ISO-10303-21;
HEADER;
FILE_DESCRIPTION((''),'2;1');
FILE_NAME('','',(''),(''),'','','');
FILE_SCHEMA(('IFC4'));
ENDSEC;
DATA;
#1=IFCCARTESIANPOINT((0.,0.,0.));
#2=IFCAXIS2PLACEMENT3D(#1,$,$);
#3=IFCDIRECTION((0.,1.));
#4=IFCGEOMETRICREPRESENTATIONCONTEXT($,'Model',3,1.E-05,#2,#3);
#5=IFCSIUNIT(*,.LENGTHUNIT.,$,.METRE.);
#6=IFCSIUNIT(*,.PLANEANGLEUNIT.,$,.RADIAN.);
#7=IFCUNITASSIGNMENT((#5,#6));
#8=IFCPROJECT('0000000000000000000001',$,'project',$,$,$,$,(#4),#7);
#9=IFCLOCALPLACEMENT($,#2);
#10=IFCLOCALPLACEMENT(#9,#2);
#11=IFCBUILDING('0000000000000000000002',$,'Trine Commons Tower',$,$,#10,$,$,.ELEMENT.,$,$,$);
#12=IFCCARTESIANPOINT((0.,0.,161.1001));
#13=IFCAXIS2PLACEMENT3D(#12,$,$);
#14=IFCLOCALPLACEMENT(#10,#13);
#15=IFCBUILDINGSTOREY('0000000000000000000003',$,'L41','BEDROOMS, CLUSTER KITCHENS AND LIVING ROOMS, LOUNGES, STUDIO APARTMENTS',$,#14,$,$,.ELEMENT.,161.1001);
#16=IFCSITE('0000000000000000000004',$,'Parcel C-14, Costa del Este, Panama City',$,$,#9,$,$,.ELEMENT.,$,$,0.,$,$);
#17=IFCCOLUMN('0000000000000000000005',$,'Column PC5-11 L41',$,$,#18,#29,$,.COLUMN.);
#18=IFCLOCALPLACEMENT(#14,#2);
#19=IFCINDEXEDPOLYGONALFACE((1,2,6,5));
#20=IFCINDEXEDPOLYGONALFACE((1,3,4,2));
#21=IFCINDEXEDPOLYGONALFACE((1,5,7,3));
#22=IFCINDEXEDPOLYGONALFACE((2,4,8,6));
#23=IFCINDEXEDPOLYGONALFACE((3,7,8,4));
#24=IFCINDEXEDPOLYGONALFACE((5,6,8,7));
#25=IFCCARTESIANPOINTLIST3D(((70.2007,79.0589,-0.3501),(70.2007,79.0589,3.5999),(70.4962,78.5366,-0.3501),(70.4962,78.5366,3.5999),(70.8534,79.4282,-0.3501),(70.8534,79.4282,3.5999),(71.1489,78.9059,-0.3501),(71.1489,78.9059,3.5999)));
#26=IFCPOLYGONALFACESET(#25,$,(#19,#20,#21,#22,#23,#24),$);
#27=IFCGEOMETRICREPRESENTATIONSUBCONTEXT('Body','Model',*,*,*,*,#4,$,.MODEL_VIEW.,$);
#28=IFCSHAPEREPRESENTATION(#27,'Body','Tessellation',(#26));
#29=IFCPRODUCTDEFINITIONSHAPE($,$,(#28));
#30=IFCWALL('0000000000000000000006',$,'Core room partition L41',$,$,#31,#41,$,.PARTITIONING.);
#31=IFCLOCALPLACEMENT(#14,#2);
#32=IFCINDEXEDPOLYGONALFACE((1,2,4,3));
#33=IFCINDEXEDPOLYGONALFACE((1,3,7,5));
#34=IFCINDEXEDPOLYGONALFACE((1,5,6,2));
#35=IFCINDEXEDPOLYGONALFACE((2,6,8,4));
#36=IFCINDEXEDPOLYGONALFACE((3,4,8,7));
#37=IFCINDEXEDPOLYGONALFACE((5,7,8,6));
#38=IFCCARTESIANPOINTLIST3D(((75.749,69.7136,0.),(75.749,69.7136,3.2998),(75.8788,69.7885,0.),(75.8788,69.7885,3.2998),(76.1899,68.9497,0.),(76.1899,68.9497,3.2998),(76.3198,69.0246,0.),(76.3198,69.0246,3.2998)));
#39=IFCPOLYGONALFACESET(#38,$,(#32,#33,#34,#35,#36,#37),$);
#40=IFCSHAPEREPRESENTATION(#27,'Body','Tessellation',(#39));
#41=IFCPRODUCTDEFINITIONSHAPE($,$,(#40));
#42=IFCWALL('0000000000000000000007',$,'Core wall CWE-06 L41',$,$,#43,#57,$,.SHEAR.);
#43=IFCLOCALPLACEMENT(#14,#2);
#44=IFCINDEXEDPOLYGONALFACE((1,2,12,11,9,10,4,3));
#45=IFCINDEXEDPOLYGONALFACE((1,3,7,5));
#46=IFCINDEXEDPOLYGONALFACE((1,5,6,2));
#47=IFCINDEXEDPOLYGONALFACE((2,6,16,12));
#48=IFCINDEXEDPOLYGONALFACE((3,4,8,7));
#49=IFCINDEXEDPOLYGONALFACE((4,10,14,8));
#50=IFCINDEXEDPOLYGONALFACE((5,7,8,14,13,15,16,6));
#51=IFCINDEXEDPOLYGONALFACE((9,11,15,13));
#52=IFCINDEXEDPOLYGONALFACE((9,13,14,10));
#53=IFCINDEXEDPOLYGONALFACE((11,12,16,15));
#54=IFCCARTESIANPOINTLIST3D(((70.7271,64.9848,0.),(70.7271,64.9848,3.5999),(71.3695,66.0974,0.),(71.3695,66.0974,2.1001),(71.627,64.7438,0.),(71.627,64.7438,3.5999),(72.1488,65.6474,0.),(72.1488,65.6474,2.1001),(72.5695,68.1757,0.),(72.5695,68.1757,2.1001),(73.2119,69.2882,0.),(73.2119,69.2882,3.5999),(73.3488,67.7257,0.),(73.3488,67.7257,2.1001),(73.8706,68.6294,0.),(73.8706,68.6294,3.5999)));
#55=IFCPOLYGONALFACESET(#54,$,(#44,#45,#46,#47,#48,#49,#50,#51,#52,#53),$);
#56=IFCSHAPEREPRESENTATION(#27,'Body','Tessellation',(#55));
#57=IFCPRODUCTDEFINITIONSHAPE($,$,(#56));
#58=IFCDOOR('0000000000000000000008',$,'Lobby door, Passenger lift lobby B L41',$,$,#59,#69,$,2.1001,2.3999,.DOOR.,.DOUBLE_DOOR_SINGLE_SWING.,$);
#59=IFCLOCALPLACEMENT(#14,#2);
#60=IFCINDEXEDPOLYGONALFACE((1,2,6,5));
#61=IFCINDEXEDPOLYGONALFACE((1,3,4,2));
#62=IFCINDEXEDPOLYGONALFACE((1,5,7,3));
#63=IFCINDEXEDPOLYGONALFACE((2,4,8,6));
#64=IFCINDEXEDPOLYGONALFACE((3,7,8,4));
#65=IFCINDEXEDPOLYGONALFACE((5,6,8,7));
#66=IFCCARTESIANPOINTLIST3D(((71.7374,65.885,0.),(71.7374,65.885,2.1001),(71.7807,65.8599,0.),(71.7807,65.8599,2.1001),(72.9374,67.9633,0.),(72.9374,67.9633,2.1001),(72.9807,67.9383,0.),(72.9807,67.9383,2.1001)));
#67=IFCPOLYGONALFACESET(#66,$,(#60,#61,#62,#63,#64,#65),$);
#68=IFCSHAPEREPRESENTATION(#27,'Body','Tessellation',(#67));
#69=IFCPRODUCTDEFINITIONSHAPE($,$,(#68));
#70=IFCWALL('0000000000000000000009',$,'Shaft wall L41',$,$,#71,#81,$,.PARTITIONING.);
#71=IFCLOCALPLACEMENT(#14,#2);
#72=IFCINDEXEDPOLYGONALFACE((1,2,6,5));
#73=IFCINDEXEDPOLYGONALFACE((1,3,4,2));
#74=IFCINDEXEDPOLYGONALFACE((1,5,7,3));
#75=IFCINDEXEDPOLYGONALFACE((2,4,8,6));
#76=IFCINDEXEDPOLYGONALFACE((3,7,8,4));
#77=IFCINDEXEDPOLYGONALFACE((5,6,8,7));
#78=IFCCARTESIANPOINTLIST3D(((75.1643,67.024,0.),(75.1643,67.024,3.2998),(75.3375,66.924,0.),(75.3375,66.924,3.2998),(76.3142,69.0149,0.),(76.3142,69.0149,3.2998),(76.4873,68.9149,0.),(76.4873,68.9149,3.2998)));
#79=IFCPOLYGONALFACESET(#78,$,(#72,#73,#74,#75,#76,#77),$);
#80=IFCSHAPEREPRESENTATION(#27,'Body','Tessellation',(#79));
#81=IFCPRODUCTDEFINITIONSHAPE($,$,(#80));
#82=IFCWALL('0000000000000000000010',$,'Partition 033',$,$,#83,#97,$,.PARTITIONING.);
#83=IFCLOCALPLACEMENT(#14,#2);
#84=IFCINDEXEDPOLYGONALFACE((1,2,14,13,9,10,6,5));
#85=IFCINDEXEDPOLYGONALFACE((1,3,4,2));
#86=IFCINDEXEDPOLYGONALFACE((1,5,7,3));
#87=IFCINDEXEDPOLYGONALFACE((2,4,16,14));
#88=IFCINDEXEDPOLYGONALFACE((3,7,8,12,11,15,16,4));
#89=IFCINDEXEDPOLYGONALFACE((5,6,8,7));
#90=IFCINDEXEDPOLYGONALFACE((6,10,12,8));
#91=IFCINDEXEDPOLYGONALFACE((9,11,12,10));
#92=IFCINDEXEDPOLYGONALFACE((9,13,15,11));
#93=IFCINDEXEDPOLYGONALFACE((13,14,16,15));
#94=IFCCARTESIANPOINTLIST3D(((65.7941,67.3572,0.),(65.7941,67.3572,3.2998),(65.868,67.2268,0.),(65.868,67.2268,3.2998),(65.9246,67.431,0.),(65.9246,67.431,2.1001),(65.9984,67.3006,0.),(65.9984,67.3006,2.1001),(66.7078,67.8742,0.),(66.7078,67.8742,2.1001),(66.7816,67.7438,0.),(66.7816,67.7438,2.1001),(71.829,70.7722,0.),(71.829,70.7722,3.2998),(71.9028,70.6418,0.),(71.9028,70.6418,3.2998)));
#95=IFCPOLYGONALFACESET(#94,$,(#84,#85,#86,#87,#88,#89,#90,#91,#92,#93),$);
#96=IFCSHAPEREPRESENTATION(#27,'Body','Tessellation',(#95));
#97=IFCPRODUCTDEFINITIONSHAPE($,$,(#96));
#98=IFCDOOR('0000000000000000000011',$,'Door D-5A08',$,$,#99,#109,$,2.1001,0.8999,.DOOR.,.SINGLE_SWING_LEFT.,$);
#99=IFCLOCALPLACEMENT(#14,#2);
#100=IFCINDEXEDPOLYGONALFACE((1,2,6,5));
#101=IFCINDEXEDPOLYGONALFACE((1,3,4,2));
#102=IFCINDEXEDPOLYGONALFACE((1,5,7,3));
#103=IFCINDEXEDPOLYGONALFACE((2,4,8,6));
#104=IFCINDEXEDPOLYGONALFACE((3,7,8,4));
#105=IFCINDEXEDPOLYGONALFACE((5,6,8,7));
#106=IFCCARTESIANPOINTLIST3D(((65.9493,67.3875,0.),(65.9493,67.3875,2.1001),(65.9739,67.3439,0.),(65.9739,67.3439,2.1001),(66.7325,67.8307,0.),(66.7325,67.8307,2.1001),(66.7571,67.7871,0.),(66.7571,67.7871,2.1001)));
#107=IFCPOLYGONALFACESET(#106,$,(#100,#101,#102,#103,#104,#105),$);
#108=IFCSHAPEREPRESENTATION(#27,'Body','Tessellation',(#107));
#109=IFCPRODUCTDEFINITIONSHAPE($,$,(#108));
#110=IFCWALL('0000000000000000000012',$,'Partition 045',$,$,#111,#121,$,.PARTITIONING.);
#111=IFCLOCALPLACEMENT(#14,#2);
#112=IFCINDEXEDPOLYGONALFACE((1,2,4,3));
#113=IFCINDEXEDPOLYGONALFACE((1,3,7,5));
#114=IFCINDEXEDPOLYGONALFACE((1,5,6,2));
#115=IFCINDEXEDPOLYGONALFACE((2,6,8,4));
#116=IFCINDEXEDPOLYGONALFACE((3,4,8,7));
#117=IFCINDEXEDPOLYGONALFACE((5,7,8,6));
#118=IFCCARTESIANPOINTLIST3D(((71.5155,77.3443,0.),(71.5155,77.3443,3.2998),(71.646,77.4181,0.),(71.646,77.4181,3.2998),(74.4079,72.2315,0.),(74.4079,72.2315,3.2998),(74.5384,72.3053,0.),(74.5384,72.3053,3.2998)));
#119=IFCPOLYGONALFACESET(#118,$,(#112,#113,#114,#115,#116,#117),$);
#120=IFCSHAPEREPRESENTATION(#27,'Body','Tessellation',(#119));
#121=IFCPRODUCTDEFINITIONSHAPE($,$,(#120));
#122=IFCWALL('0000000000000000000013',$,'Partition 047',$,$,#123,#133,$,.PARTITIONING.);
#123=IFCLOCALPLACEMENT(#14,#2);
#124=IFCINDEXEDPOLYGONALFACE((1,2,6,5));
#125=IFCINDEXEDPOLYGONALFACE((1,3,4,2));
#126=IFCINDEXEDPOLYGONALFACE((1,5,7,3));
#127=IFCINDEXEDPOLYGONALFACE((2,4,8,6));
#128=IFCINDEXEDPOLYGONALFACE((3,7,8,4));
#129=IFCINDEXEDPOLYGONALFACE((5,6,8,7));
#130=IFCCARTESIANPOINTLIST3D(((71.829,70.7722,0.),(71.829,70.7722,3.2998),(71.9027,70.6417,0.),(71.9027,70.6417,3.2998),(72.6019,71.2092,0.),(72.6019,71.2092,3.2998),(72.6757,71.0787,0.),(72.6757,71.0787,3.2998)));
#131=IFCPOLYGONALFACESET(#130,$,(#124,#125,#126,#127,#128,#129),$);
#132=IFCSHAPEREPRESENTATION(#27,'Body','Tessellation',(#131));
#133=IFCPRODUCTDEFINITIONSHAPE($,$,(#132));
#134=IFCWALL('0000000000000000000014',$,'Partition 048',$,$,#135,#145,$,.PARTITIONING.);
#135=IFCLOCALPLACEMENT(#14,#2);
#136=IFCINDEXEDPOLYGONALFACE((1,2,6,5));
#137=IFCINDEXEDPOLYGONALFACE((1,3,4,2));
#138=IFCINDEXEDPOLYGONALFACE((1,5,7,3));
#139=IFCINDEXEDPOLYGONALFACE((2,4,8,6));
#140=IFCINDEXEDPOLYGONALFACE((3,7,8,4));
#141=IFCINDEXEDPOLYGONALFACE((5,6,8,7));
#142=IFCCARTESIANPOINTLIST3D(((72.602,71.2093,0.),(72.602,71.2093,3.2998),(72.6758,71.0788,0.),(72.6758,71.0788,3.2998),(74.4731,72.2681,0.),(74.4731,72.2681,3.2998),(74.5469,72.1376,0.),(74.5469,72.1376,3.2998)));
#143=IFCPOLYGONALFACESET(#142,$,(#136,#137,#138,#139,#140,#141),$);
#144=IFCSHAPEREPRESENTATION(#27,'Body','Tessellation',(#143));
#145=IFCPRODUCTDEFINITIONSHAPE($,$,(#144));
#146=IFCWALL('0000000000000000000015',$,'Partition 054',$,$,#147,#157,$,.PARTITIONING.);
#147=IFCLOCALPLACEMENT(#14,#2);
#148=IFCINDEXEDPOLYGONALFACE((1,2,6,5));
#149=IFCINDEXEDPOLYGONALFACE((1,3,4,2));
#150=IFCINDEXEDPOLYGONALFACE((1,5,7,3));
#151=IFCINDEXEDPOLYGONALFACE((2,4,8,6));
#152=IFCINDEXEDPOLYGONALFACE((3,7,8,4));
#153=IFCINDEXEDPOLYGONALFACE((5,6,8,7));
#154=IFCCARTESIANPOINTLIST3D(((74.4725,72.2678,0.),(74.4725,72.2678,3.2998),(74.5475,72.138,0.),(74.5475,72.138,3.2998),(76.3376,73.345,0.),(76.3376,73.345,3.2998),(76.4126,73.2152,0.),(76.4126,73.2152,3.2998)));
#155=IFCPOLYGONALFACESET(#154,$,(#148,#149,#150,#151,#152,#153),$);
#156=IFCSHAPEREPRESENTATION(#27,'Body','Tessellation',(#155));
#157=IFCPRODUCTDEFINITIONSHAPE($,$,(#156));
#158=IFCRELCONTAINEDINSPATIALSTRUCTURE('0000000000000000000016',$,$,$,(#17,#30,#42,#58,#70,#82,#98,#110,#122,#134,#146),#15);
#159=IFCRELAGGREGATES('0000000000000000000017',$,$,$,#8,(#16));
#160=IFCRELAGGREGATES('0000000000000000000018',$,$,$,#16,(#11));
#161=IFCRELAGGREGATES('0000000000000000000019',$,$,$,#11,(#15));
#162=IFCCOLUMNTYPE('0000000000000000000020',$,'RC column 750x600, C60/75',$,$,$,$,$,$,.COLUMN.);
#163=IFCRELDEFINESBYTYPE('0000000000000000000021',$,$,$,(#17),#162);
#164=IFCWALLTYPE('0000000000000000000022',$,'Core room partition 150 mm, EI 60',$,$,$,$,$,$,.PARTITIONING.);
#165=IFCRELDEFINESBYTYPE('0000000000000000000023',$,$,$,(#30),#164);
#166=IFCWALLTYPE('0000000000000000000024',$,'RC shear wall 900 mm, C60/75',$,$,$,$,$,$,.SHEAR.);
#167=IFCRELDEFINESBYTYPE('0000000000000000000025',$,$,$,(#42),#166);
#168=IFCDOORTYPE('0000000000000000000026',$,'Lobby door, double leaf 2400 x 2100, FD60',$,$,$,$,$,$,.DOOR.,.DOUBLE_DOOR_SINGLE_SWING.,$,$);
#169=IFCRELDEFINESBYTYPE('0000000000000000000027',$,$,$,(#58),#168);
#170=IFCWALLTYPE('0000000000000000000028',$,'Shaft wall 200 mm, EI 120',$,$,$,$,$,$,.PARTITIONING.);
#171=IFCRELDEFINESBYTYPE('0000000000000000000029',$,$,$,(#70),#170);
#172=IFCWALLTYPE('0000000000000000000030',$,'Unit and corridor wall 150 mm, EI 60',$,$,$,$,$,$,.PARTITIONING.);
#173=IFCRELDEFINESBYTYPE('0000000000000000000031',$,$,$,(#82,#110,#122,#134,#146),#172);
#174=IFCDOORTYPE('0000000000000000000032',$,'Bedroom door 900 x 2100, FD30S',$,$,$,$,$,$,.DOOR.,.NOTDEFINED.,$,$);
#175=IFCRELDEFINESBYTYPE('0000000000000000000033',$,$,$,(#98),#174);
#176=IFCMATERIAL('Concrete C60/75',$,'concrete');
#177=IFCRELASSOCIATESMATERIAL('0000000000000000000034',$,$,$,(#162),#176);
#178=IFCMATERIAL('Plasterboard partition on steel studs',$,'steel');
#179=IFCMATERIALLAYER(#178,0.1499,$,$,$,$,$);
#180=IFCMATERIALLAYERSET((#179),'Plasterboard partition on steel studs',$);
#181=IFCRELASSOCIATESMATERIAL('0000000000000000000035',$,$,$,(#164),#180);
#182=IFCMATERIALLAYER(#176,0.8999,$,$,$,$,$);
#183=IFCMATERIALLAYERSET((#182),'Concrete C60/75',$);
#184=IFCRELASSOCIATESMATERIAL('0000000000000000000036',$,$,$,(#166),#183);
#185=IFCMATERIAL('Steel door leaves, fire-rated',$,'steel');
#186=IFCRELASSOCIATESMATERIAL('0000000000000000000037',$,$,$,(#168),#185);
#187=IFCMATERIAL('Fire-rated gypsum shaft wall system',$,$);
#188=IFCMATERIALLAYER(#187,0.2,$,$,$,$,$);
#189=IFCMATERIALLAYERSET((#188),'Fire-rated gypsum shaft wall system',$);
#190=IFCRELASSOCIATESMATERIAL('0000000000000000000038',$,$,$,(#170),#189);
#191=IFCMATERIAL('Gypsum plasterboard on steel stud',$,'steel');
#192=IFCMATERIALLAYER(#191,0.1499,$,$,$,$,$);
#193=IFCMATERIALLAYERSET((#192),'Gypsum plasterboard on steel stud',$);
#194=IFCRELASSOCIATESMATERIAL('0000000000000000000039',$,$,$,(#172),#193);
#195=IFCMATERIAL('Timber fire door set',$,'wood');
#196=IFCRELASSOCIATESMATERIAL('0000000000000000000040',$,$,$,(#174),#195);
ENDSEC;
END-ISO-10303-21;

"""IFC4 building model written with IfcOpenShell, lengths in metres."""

from ifc_helpers import new_model, si_unit, direction, frame, frame_2d, origin, origin_2d, place, context, subcontext, project, spatial, polyline, rectangle, outline, extrude, material, layer, layer_set, material_profile, profile_set, type_object, element, fill, save


model = new_model("IFC4")

# Units and contexts
model_context = context("Model", 3, precision=1e-05, world=origin(), true_north=direction((0.0, 1.0)))
body_context = subcontext(model_context, "Body", "Model", "MODEL_VIEW")
ifc_project = project(units=[si_unit("LENGTHUNIT", "METRE"), si_unit("PLANEANGLEUNIT", "RADIAN")], contexts=[model_context])

# Site, building, storey
site_placement = place(None, origin())
site = spatial("IfcSite", under=ifc_project, at=site_placement, Name="Parcel C-14, Costa del Este, Panama City", CompositionType="ELEMENT", RefElevation=0.0)
building_placement = place(site_placement, origin())
building = spatial("IfcBuilding", under=site, at=building_placement, Name="Trine Commons Tower", CompositionType="ELEMENT")
storey_placement = place(building_placement, frame((0.0, 0.0, 161.1001)))
storey = spatial("IfcBuildingStorey", under=building, at=storey_placement, Name="L41", Description="BEDROOMS, CLUSTER KITCHENS AND LIVING ROOMS, LOUNGES, STUDIO APARTMENTS", CompositionType="ELEMENT", Elevation=161.1001)

# Column
ifc_material_1 = material(Name="Concrete C60/75", Category="concrete")
ifc_material_profile = material_profile(ifc_material_1, rectangle(XDim=0.75, YDim=0.6001, at=origin_2d()), Name="RC 750x600")
ifc_profile_set = profile_set([ifc_material_profile], Name="Concrete C60/75")
column_type = type_object("IfcColumnType", Name="RC column 750x600, C60/75", PredefinedType="COLUMN", material=ifc_profile_set)
column_placement = place(storey_placement, frame((70.6748, 78.9824, -0.3501), z_axis=(0.0, 0.0, 1.0), x_axis=(0.870356, 0.492424, 0.0)))
element("IfcColumn", 1, at=column_placement, inside=storey, type_object=column_type, Name="Column PC5-11 L41", PredefinedType="COLUMN", context=body_context, shape_type="SweptSolid", body=[
    extrude(rectangle(XDim=0.75, YDim=0.6001, at=origin_2d()), origin(), (0.0, 0.0, 1.0), 3.95),
])

# Wall
ifc_material_2 = material(Name="Plasterboard partition on steel studs", Category="steel")
ifc_layer_1 = layer(ifc_material_2, 0.1499)
ifc_layer_set_1 = layer_set([ifc_layer_1], Name="Plasterboard partition on steel studs")
wall_type_1 = type_object("IfcWallType", Name="Core room partition 150 mm, EI 60", PredefinedType="PARTITIONING", material=ifc_layer_set_1)
wall_1_placement = place(storey_placement, frame((75.814, 69.751, 0.0), z_axis=(0.0, 0.0, 1.0), x_axis=(0.49989, -0.866089, 0.0)))
element("IfcWall", 2, at=wall_1_placement, inside=storey, type_object=wall_type_1, Name="Core room partition L41", PredefinedType="PARTITIONING", context=body_context, shape_type="SweptSolid", body=[
    extrude(rectangle(XDim=0.8821, YDim=0.1499, at=frame_2d((0.4409, 0.0))), origin(), (0.0, 0.0, 1.0), 3.2998),
])

# Wall, opening, door
ifc_layer_2 = layer(ifc_material_1, 0.8999)
ifc_layer_set_2 = layer_set([ifc_layer_2], Name="Concrete C60/75")
wall_type_2 = type_object("IfcWallType", Name="RC shear wall 900 mm, C60/75", PredefinedType="SHEAR", material=ifc_layer_set_2)
wall_2_placement = place(storey_placement, frame((73.6016, 69.0632, 0.0), z_axis=(0.0, 0.0, 1.0), x_axis=(-0.500039, -0.866003, 0.0)))
wall_2 = element("IfcWall", 3, at=wall_2_placement, inside=storey, type_object=wall_type_2, Name="Core wall CWE-06 L41", PredefinedType="SHEAR", context=body_context, shape_type="SweptSolid", body=[
    extrude(outline(polyline([(0.0, -0.45), (4.9692, -0.45), (4.728, 0.45), (0.2412, 0.45), (0.0, -0.45)])), origin(), (0.0, 0.0, 1.0), 3.5999),
])
opening_1_placement = place(wall_2_placement, frame((1.2847, 0.0, 0.0)))
opening_1 = element("IfcOpeningElement", 4, at=opening_1_placement, cuts=wall_2, PredefinedType="OPENING", context=body_context, shape_type="SweptSolid", body=[
    extrude(rectangle(XDim=2.3999, YDim=2.1001, at=frame_2d((1.2, 1.05))), frame((0.0, 0.46, 0.0), z_axis=(0.0, -1.0, 0.0), x_axis=(1.0, 0.0, 0.0)), (0.0, 0.0, 1.0), 0.9199),
])
ifc_material_3 = material(Name="Steel door leaves, fire-rated", Category="steel")
door_type_1 = type_object("IfcDoorType", Name="Lobby door, double leaf 2400 x 2100, FD60", OperationType="DOUBLE_DOOR_SINGLE_SWING", PredefinedType="DOOR", material=ifc_material_3)
door_1_placement = place(opening_1_placement, origin())
door_1 = element("IfcDoor", 5, at=door_1_placement, inside=storey, type_object=door_type_1, Name="Lobby door, Passenger lift lobby B L41", OperationType="DOUBLE_DOOR_SINGLE_SWING", OverallHeight=2.1001, OverallWidth=2.3999, PredefinedType="DOOR", context=body_context, shape_type="SweptSolid", body=[
    extrude(rectangle(XDim=2.3999, YDim=2.1001, at=frame_2d((1.2, 1.05))), frame((0.0, 0.0249, 0.0), z_axis=(0.0, -1.0, 0.0), x_axis=(1.0, 0.0, 0.0)), (0.0, 0.0, 1.0), 0.05),
])
fill(opening_1, door_1)

# Wall
ifc_material_4 = material(Name="Fire-rated gypsum shaft wall system")
ifc_layer_3 = layer(ifc_material_4, 0.2)
ifc_layer_set_3 = layer_set([ifc_layer_3], Name="Fire-rated gypsum shaft wall system")
wall_type_3 = type_object("IfcWallType", Name="Shaft wall 200 mm, EI 120", PredefinedType="PARTITIONING", material=ifc_layer_set_3)
wall_3_placement = place(storey_placement, frame((75.251, 66.9741, 0.0), z_axis=(0.0, 0.0, 1.0), x_axis=(0.500136, 0.865947, 0.0)))
element("IfcWall", 6, at=wall_3_placement, inside=storey, type_object=wall_type_3, Name="Shaft wall L41", PredefinedType="PARTITIONING", context=body_context, shape_type="SweptSolid", body=[
    extrude(rectangle(XDim=2.2991, YDim=0.2, at=frame_2d((1.1494, 0.0))), origin(), (0.0, 0.0, 1.0), 3.2998),
])

# Wall, opening, door
ifc_material_5 = material(Name="Gypsum plasterboard on steel stud", Category="steel")
ifc_layer_4 = layer(ifc_material_5, 0.1499)
ifc_layer_set_4 = layer_set([ifc_layer_4], Name="Gypsum plasterboard on steel stud")
wall_type_4 = type_object("IfcWallType", Name="Unit and corridor wall 150 mm, EI 60", PredefinedType="PARTITIONING", material=ifc_layer_set_4)
wall_4_placement = place(storey_placement, frame((65.8311, 67.292, 0.0), z_axis=(0.0, 0.0, 1.0), x_axis=(0.870316, 0.492495, 0.0)))
wall_4 = element("IfcWall", 7, at=wall_4_placement, inside=storey, type_object=wall_type_4, Name="Partition 033", PredefinedType="PARTITIONING", context=body_context, shape_type="SweptSolid", body=[
    extrude(rectangle(XDim=6.9341, YDim=0.1499, at=frame_2d((3.467, 0.0))), origin(), (0.0, 0.0, 1.0), 3.2998),
])
opening_2_placement = place(wall_4_placement, frame((0.1499, 0.0, 0.0)))
opening_2 = element("IfcOpeningElement", 8, at=opening_2_placement, cuts=wall_4, PredefinedType="OPENING", context=body_context, shape_type="SweptSolid", body=[
    extrude(rectangle(XDim=0.8999, YDim=2.1001, at=frame_2d((0.45, 1.05))), frame((0.0, 0.085, 0.0), z_axis=(0.0, -1.0, 0.0), x_axis=(1.0, 0.0, 0.0)), (0.0, 0.0, 1.0), 0.1699),
])
ifc_material_6 = material(Name="Timber fire door set", Category="wood")
door_type_2 = type_object("IfcDoorType", Name="Bedroom door 900 x 2100, FD30S", OperationType="NOTDEFINED", PredefinedType="DOOR", material=ifc_material_6)
door_2_placement = place(opening_2_placement, origin())
door_2 = element("IfcDoor", 9, at=door_2_placement, inside=storey, type_object=door_type_2, Name="Door D-5A08", OperationType="SINGLE_SWING_LEFT", OverallHeight=2.1001, OverallWidth=0.8999, PredefinedType="DOOR", context=body_context, shape_type="SweptSolid", body=[
    extrude(rectangle(XDim=0.8999, YDim=2.1001, at=frame_2d((0.45, 1.05))), frame((0.0, 0.0249, 0.0), z_axis=(0.0, -1.0, 0.0), x_axis=(1.0, 0.0, 0.0)), (0.0, 0.0, 1.0), 0.05),
])
fill(opening_2, door_2)

# Walls
wall_5_placement = place(storey_placement, frame((71.5808, 77.3811, 0.0), z_axis=(0.0, 0.0, 1.0), x_axis=(0.492379, -0.870381, 0.0)))
element("IfcWall", 10, at=wall_5_placement, inside=storey, type_object=wall_type_4, Name="Partition 045", PredefinedType="PARTITIONING", context=body_context, shape_type="SweptSolid", body=[
    extrude(rectangle(XDim=5.8743, YDim=0.1499, at=frame_2d((2.937, 0.0))), origin(), (0.0, 0.0, 1.0), 3.2998),
])
wall_6_placement = place(storey_placement, frame((71.866, 70.707, 0.0), z_axis=(0.0, 0.0, 1.0), x_axis=(0.870501, 0.492166, 0.0)))
element("IfcWall", 11, at=wall_6_placement, inside=storey, type_object=wall_type_4, Name="Partition 047", PredefinedType="PARTITIONING", context=body_context, shape_type="SweptSolid", body=[
    extrude(rectangle(XDim=0.8879, YDim=0.1499, at=frame_2d((0.4438, 0.0))), origin(), (0.0, 0.0, 1.0), 3.2998),
])
wall_7_placement = place(storey_placement, frame((72.6389, 71.144, 0.0), z_axis=(0.0, 0.0, 1.0), x_axis=(0.870311, 0.492502, 0.0)))
element("IfcWall", 12, at=wall_7_placement, inside=storey, type_object=wall_type_4, Name="Partition 048", PredefinedType="PARTITIONING", context=body_context, shape_type="SweptSolid", body=[
    extrude(rectangle(XDim=2.1499, YDim=0.1499, at=frame_2d((1.075, 0.0))), origin(), (0.0, 0.0, 1.0), 3.2998),
])
wall_8_placement = place(storey_placement, frame((74.51, 72.2029, 0.0), z_axis=(0.0, 0.0, 1.0), x_axis=(0.865946, 0.500138, 0.0)))
element("IfcWall", 13, at=wall_8_placement, inside=storey, type_object=wall_type_4, Name="Partition 054", PredefinedType="PARTITIONING", context=body_context, shape_type="SweptSolid", body=[
    extrude(rectangle(XDim=2.1538, YDim=0.1499, at=frame_2d((1.0769, 0.0))), origin(), (0.0, 0.0, 1.0), 3.2998),
])

save(model, "model.ifc")
